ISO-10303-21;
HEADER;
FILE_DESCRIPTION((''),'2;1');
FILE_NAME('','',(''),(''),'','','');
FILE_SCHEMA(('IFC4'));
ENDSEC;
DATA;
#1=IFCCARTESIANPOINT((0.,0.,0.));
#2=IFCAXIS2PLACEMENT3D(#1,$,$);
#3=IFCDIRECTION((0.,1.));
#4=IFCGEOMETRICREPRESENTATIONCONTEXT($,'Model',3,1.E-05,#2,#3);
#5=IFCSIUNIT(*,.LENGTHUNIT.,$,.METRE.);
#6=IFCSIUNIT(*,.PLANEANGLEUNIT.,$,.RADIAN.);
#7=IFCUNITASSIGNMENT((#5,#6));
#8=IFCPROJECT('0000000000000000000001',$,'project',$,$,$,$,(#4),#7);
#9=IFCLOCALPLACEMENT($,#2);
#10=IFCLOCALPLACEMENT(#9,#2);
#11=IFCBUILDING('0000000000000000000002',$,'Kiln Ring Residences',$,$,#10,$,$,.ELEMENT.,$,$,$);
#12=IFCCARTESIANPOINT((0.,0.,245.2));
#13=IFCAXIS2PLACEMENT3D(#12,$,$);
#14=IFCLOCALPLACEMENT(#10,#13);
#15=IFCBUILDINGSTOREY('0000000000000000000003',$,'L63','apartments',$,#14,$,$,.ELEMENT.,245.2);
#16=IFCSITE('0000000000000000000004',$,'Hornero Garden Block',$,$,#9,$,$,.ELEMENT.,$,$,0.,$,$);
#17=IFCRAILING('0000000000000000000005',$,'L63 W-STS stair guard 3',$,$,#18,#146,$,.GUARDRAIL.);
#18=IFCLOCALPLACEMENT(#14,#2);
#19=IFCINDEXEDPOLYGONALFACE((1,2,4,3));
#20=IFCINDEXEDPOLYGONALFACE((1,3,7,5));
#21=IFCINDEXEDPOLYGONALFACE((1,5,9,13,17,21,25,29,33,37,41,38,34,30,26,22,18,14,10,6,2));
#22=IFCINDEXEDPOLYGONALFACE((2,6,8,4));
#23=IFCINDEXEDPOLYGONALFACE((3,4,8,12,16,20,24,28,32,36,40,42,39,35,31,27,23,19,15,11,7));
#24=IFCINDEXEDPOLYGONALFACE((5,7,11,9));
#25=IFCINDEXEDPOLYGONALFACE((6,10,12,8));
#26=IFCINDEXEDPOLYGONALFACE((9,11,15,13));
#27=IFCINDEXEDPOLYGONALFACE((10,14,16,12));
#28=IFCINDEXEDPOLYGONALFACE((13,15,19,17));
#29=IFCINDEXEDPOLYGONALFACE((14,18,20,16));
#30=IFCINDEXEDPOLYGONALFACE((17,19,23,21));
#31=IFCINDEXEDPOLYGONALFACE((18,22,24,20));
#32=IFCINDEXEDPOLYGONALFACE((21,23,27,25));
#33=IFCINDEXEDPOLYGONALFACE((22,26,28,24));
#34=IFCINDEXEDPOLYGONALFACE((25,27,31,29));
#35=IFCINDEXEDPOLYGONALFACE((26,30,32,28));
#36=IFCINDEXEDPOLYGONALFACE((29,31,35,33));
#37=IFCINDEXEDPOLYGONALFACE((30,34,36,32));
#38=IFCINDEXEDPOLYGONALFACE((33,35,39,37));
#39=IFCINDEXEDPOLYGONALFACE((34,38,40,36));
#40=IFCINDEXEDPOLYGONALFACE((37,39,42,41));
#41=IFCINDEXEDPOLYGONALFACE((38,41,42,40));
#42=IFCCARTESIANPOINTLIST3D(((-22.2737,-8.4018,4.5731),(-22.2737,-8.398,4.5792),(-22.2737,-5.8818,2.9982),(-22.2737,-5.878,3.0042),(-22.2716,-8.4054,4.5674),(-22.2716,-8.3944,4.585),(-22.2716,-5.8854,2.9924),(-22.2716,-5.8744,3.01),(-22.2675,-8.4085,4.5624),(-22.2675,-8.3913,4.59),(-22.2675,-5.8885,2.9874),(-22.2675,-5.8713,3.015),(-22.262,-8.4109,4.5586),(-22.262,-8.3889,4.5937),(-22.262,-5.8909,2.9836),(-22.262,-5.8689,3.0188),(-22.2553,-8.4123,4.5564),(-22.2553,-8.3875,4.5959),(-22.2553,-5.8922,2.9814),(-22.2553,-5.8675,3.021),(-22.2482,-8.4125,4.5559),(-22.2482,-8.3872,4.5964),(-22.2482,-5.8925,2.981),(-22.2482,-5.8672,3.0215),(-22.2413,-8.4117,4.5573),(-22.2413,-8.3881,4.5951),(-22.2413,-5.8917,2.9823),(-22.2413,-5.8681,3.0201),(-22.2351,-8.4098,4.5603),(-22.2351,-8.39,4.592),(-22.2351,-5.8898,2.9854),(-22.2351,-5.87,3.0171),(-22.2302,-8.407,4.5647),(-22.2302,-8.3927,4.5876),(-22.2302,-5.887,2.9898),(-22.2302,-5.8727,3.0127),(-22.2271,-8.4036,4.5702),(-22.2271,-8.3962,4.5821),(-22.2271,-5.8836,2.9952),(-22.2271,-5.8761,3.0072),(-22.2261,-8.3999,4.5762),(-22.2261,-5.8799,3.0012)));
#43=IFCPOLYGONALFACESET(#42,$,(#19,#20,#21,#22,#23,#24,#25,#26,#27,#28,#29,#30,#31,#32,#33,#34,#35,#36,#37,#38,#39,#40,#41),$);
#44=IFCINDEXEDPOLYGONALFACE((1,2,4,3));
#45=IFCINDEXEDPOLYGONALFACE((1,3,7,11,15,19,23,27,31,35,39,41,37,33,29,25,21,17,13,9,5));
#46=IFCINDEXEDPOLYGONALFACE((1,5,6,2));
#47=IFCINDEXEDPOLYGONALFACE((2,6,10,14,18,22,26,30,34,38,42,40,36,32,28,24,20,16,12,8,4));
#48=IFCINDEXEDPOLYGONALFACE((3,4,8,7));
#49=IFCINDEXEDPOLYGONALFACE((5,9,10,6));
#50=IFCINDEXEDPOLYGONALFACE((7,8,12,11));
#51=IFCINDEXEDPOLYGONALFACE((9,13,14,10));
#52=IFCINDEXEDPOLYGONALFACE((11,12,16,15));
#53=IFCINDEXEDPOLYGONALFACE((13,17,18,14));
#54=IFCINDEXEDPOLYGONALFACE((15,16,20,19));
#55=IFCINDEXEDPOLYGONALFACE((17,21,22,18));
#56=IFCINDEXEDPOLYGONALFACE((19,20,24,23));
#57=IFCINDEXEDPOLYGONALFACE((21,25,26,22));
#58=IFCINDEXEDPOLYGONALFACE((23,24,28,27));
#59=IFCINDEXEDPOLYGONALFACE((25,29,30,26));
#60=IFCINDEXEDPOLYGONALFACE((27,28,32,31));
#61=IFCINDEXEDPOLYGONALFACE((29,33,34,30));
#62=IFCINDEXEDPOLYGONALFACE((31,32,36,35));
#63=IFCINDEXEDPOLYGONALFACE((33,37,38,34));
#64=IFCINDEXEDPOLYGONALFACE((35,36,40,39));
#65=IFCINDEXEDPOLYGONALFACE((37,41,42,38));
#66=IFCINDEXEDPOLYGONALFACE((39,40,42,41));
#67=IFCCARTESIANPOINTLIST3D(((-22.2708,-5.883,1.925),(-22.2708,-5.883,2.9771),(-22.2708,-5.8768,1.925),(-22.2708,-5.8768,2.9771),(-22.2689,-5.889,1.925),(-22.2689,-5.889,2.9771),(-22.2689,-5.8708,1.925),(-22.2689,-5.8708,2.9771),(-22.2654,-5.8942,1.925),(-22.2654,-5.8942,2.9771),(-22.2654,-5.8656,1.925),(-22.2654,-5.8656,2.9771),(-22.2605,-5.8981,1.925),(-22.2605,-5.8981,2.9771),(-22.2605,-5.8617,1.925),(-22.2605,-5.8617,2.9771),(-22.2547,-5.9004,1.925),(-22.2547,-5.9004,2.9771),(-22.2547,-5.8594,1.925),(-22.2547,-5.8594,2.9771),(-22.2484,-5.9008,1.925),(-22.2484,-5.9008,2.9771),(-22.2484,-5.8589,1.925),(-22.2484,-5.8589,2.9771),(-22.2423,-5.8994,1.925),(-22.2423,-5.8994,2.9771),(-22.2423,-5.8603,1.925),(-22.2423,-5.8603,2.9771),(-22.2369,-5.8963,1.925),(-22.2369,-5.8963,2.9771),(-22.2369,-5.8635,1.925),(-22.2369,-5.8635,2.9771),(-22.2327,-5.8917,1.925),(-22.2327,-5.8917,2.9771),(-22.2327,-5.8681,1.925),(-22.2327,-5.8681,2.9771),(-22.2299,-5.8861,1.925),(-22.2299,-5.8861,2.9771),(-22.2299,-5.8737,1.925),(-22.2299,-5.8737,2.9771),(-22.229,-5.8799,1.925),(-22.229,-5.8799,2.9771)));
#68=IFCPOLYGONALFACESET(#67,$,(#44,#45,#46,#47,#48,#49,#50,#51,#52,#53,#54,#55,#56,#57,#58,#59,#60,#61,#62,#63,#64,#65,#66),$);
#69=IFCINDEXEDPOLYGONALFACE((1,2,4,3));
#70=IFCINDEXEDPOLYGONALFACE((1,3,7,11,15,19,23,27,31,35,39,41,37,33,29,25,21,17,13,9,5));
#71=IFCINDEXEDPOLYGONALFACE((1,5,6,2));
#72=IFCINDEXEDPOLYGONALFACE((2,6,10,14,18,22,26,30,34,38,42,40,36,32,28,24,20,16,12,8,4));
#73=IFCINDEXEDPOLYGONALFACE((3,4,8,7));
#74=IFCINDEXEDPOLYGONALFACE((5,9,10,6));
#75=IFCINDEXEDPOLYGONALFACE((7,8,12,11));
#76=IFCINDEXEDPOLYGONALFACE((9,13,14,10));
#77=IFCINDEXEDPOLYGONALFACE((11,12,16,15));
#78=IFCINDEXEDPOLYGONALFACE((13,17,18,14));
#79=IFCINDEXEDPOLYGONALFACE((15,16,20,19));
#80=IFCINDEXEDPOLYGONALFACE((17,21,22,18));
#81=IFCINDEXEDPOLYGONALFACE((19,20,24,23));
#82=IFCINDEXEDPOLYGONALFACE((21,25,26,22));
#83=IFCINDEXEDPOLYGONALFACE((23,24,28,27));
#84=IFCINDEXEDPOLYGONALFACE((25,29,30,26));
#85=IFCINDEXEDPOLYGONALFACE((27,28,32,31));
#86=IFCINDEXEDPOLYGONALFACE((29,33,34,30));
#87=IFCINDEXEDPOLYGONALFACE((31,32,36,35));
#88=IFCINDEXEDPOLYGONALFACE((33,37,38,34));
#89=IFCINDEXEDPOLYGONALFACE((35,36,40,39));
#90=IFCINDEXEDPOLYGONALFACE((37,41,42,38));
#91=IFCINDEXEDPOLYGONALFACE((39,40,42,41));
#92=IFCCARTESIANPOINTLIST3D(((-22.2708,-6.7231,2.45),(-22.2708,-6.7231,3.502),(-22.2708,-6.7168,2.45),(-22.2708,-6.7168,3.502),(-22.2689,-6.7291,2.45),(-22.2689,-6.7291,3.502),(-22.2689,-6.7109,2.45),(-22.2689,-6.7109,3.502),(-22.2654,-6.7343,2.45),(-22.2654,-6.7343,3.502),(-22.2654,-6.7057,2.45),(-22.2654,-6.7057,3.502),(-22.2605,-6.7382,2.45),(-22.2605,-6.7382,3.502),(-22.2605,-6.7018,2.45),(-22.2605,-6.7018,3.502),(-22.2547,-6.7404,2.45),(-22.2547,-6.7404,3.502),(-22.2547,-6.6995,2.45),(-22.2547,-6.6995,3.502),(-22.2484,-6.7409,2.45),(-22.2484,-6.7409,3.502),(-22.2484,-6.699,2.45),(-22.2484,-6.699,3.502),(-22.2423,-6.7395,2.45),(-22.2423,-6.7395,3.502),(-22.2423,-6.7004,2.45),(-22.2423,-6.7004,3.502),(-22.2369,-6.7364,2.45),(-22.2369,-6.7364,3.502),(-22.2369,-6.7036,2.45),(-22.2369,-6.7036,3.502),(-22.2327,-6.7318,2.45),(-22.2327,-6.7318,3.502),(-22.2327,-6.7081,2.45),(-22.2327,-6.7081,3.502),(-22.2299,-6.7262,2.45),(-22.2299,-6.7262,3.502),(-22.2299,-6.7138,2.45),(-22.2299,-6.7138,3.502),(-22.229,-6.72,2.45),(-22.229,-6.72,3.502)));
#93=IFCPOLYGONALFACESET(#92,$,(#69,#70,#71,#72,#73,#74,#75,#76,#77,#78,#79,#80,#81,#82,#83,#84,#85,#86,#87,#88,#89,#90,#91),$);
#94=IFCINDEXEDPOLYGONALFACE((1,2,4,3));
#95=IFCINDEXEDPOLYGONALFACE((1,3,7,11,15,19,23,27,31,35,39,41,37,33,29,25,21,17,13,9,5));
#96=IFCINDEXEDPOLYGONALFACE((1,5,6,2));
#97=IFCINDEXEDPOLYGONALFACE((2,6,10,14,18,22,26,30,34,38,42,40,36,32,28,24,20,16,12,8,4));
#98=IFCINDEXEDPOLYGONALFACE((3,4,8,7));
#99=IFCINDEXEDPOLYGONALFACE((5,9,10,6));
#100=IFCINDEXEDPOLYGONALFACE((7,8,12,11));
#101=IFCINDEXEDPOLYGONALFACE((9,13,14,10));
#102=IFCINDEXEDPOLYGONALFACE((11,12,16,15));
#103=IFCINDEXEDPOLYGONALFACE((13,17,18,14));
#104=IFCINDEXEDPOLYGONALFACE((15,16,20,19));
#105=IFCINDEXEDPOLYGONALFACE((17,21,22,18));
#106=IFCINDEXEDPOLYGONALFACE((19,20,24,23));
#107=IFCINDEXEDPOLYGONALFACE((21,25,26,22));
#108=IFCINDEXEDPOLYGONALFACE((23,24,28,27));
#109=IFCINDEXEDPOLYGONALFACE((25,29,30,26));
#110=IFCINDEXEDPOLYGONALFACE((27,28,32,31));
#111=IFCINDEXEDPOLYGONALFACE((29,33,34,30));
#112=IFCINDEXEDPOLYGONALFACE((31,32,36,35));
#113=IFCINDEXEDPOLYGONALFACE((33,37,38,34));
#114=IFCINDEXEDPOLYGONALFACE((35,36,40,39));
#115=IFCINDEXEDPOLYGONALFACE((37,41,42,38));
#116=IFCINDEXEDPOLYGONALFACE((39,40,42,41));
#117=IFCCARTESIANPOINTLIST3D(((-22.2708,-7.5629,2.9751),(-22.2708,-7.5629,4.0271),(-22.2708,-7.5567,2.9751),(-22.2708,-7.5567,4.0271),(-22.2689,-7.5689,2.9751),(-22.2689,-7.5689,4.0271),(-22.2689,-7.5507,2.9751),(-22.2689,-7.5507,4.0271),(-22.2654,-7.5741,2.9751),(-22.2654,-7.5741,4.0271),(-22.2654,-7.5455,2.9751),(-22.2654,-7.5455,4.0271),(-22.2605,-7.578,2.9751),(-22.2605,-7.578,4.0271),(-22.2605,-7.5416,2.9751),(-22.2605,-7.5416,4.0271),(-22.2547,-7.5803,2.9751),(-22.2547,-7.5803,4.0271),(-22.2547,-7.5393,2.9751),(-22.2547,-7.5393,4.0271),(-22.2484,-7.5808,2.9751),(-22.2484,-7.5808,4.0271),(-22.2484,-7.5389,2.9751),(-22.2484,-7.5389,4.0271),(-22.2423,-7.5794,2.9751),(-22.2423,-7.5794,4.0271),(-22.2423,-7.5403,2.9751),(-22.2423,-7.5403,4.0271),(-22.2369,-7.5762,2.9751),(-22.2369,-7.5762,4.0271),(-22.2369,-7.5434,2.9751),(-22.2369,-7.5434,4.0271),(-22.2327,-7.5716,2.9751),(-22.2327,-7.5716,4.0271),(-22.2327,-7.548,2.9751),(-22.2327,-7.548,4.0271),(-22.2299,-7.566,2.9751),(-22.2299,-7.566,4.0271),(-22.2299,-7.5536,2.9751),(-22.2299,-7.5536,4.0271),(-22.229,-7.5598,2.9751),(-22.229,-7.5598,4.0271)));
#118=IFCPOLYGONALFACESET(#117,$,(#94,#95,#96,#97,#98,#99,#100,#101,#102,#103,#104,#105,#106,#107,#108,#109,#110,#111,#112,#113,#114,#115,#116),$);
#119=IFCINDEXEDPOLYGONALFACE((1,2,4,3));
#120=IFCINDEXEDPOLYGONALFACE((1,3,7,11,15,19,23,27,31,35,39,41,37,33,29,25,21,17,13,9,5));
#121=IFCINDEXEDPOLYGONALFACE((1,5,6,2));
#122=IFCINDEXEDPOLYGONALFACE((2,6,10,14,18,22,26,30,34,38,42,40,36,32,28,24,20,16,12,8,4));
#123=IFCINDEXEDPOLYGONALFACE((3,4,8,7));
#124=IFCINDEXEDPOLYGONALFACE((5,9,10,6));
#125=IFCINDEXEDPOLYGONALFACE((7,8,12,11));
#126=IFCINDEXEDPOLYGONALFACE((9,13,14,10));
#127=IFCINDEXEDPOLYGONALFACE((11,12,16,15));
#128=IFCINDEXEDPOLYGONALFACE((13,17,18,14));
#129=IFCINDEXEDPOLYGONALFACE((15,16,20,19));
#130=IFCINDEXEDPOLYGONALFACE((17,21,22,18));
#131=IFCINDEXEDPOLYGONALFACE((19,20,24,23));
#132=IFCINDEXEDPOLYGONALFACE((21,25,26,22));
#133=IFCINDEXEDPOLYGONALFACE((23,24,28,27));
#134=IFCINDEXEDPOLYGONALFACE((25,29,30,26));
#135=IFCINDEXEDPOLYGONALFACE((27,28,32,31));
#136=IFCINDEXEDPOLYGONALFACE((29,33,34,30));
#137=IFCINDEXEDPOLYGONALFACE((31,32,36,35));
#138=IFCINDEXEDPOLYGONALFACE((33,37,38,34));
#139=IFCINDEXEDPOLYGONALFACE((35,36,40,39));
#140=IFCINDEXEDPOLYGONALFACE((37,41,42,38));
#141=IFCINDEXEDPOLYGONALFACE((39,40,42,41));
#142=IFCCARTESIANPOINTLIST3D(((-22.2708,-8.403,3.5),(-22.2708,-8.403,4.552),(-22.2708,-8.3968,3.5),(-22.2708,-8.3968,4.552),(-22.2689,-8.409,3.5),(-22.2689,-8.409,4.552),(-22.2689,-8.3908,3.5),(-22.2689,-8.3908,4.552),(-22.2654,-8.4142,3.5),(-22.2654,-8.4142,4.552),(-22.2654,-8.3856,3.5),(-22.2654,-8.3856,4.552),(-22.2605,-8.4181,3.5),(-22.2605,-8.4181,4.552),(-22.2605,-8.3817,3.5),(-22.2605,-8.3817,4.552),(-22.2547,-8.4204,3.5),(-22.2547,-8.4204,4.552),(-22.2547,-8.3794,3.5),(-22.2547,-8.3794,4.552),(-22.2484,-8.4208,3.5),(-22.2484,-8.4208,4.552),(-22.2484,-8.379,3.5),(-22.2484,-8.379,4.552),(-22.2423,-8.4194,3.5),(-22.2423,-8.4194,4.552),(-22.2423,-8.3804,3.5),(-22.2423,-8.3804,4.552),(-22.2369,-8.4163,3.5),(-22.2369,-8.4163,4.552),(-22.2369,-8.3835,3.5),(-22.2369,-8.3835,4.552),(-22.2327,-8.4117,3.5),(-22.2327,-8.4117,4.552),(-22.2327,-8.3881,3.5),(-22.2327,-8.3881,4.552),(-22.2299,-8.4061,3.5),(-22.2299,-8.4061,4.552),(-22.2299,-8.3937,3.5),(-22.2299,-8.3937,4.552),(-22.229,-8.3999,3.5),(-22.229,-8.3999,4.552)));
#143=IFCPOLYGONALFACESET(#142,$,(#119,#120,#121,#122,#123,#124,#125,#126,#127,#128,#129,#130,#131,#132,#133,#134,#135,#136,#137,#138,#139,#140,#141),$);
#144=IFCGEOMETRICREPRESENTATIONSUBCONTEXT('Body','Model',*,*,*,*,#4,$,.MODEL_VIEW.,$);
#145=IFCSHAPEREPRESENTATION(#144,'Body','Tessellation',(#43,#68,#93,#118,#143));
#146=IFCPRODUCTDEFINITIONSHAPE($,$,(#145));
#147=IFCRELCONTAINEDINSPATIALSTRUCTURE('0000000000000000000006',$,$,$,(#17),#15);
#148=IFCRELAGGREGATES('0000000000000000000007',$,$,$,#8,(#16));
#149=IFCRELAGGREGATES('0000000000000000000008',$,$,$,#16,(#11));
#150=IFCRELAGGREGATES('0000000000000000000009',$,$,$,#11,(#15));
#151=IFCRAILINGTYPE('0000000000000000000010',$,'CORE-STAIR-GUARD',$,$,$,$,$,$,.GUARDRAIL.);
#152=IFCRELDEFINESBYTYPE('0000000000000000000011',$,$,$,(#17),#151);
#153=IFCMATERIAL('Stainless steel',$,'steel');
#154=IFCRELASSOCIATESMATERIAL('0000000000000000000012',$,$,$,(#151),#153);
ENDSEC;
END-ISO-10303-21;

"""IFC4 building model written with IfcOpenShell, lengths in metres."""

from ifc_helpers import new_model, si_unit, direction, frame, origin, origin_2d, place, context, subcontext, project, spatial, circle, extrude, material, type_object, element, save


model = new_model("IFC4")

# Units and contexts
model_context = context("Model", 3, precision=1e-05, world=origin(), true_north=direction((0.0, 1.0)))
body_context = subcontext(model_context, "Body", "Model", "MODEL_VIEW")
ifc_project = project(units=[si_unit("LENGTHUNIT", "METRE"), si_unit("PLANEANGLEUNIT", "RADIAN")], contexts=[model_context])

# Site, building, storey
site_placement = place(None, origin())
site = spatial("IfcSite", under=ifc_project, at=site_placement, Name="Hornero Garden Block", CompositionType="ELEMENT", RefElevation=0.0)
building_placement = place(site_placement, origin())
building = spatial("IfcBuilding", under=site, at=building_placement, Name="Kiln Ring Residences", CompositionType="ELEMENT")
storey_placement = place(building_placement, frame((0.0, 0.0, 245.2)))
storey = spatial("IfcBuildingStorey", under=building, at=storey_placement, Name="L63", Description="apartments", CompositionType="ELEMENT", Elevation=245.2)

# Railing
ifc_material_1 = material(Name="Stainless steel", Category="steel")
railing_type_1 = type_object("IfcRailingType", Name="CORE-STAIR-GUARD", PredefinedType="GUARDRAIL", material=ifc_material_1)
railing_1_placement = place(storey_placement, frame((-22.25, -5.8799, 1.925)))
element("IfcRailing", 1, at=railing_1_placement, inside=storey, type_object=railing_type_1, Name="L63 W-STS stair guard 3", PredefinedType="GUARDRAIL", context=body_context, shape_type="SweptSolid", body=[
    extrude(circle(Radius=0.0239, at=origin_2d()), frame((0.0, 0.0, 1.0762), z_axis=(0.0, -0.848008, 0.529984), x_axis=(1.0, 0.0, 0.0)), (0.0, 0.0, 1.0), 2.9717),
    extrude(circle(Radius=0.021, at=origin_2d()), origin(), (0.0, 0.0, 1.0), 1.052),
    extrude(circle(Radius=0.021, at=origin_2d()), frame((0.0, -0.8401, 0.5249)), (0.0, 0.0, 1.0), 1.052),
    extrude(circle(Radius=0.021, at=origin_2d()), frame((0.0, -1.6799, 1.05)), (0.0, 0.0, 1.0), 1.052),
    extrude(circle(Radius=0.021, at=origin_2d()), frame((0.0, -2.52, 1.575)), (0.0, 0.0, 1.0), 1.052),
])

save(model, "model.ifc")
